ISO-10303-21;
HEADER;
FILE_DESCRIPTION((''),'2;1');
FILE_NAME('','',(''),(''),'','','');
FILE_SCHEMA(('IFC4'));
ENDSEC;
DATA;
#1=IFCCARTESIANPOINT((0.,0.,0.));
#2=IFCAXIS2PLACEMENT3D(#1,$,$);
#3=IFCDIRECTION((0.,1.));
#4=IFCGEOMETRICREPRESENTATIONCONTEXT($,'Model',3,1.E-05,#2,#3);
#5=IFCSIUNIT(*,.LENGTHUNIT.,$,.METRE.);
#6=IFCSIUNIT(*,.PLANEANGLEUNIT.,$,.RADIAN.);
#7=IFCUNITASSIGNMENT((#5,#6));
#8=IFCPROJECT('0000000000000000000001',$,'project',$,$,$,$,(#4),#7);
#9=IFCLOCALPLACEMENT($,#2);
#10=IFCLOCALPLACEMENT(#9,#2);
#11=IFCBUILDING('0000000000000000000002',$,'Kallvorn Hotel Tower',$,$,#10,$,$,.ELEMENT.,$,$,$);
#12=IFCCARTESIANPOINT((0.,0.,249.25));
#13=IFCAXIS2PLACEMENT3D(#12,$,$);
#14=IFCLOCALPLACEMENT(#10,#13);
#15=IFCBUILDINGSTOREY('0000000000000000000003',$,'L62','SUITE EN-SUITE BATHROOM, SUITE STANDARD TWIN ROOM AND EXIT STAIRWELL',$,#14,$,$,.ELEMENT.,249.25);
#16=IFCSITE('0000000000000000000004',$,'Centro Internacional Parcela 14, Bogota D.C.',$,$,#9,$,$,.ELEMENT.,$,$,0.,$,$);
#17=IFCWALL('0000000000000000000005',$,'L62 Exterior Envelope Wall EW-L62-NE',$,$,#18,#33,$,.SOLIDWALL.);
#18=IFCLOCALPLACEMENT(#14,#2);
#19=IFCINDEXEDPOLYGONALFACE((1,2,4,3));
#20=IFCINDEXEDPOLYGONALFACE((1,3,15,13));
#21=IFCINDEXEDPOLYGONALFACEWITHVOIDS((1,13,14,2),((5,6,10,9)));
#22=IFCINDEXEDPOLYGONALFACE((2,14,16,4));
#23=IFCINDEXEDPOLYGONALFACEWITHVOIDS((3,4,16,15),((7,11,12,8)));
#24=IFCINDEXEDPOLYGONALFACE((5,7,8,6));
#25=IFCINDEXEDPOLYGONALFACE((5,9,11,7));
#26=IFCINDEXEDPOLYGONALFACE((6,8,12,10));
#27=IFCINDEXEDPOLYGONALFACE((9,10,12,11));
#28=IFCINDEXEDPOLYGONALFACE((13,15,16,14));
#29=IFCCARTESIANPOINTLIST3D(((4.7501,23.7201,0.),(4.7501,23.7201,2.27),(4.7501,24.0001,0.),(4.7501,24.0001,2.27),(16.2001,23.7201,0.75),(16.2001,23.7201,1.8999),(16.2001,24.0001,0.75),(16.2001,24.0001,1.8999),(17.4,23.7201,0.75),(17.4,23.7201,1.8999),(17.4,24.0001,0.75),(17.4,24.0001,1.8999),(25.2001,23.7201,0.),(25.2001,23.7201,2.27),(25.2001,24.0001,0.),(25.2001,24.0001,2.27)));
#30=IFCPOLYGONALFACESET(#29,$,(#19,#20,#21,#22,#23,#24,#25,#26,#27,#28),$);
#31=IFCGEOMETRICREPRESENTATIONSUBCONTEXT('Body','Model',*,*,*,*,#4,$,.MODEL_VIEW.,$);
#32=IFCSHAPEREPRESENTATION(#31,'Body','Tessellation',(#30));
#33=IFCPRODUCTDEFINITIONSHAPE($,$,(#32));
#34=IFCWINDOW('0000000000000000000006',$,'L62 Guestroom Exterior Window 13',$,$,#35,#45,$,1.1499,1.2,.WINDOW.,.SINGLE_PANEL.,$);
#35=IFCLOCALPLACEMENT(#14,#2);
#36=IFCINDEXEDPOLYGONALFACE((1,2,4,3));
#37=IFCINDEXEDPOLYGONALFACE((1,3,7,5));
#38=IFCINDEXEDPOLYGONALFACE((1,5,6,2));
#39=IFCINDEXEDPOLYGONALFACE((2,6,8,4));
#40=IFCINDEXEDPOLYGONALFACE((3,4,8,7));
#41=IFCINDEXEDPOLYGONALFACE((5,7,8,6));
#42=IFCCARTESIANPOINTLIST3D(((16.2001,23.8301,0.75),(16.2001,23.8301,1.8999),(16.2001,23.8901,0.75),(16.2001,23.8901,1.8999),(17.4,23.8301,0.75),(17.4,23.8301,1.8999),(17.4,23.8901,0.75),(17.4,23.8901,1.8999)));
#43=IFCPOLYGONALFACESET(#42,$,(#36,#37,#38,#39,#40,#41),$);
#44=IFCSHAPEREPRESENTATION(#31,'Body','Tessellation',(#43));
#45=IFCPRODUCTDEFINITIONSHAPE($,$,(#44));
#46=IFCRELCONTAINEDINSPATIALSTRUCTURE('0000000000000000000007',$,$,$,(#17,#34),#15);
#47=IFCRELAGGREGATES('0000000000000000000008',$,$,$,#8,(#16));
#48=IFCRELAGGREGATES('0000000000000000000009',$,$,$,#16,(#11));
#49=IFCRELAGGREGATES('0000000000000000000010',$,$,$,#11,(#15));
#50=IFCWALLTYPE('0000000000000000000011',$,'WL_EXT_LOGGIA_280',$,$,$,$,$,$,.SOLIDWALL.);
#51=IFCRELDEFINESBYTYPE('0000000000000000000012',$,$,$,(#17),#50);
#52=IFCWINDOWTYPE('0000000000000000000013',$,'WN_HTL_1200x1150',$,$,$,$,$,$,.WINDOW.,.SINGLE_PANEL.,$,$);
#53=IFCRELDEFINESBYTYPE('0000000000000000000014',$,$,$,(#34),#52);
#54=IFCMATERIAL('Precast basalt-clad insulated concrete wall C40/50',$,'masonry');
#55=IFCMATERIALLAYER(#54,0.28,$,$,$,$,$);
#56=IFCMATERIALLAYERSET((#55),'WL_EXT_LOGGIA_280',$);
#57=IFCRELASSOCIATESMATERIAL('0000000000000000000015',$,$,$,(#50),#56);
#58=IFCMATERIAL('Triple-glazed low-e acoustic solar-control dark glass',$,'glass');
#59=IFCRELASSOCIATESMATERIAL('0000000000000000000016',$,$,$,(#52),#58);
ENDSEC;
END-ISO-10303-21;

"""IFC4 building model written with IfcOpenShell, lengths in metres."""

from ifc_helpers import new_model, si_unit, direction, frame, frame_2d, origin, place, context, subcontext, project, spatial, rectangle, extrude, material, layer, layer_set, type_object, element, fill, save


model = new_model("IFC4")

# Units and contexts
model_context = context("Model", 3, precision=1e-05, world=origin(), true_north=direction((0.0, 1.0)))
body_context = subcontext(model_context, "Body", "Model", "MODEL_VIEW")
ifc_project = project(units=[si_unit("LENGTHUNIT", "METRE"), si_unit("PLANEANGLEUNIT", "RADIAN")], contexts=[model_context])

# Site, building, storey
site_placement = place(None, origin())
site = spatial("IfcSite", under=ifc_project, at=site_placement, Name="Centro Internacional Parcela 14, Bogota D.C.", CompositionType="ELEMENT", RefElevation=0.0)
building_placement = place(site_placement, origin())
building = spatial("IfcBuilding", under=site, at=building_placement, Name="Kallvorn Hotel Tower", CompositionType="ELEMENT")
storey_placement = place(building_placement, frame((0.0, 0.0, 249.25)))
storey = spatial("IfcBuildingStorey", under=building, at=storey_placement, Name="L62", Description="SUITE EN-SUITE BATHROOM, SUITE STANDARD TWIN ROOM AND EXIT STAIRWELL", CompositionType="ELEMENT", Elevation=249.25)

# Wall, opening, window
ifc_material_1 = material(Name="Precast basalt-clad insulated concrete wall C40/50", Category="masonry")
ifc_layer_1 = layer(ifc_material_1, 0.28)
ifc_layer_set_1 = layer_set([ifc_layer_1], Name="WL_EXT_LOGGIA_280")
wall_type_1 = type_object("IfcWallType", Name="WL_EXT_LOGGIA_280", PredefinedType="SOLIDWALL", material=ifc_layer_set_1)
wall_1_placement = place(storey_placement, frame((4.75, 23.8601, 0.0), z_axis=(0.0, 0.0, 1.0), x_axis=(1.0, 0.0, 0.0)))
wall_1 = element("IfcWall", 1, at=wall_1_placement, inside=storey, type_object=wall_type_1, Name="L62 Exterior Envelope Wall EW-L62-NE", PredefinedType="SOLIDWALL", context=body_context, shape_type="SweptSolid", body=[
    extrude(rectangle(XDim=20.45, YDim=0.28, at=frame_2d((10.2251, 0.0))), origin(), (0.0, 0.0, 1.0), 2.27),
])
opening_1_placement = place(wall_1_placement, frame((11.45, 0.0, 0.75)))
opening_1 = element("IfcOpeningElement", 2, at=opening_1_placement, cuts=wall_1, PredefinedType="OPENING", context=body_context, shape_type="SweptSolid", body=[
    extrude(rectangle(XDim=1.2, YDim=1.1499, at=frame_2d((0.6001, 0.575))), frame((0.0, 0.155, 0.0), z_axis=(0.0, -1.0, 0.0), x_axis=(1.0, 0.0, 0.0)), (0.0, 0.0, 1.0), 0.3101),
])
ifc_material_2 = material(Name="Triple-glazed low-e acoustic solar-control dark glass", Category="glass")
window_type = type_object("IfcWindowType", Name="WN_HTL_1200x1150", PartitioningType="SINGLE_PANEL", PredefinedType="WINDOW", material=ifc_material_2)
window_placement = place(opening_1_placement, origin())
window = element("IfcWindow", 3, at=window_placement, inside=storey, type_object=window_type, Name="L62 Guestroom Exterior Window 13", OverallHeight=1.1499, OverallWidth=1.2, PartitioningType="SINGLE_PANEL", PredefinedType="WINDOW", context=body_context, shape_type="SweptSolid", body=[
    extrude(rectangle(XDim=1.2, YDim=1.1499, at=frame_2d((0.6001, 0.575))), frame((0.0, 0.03, 0.0), z_axis=(0.0, -1.0, 0.0), x_axis=(1.0, 0.0, 0.0)), (0.0, 0.0, 1.0), 0.0601),
])
fill(opening_1, window)

save(model, "model.ifc")
